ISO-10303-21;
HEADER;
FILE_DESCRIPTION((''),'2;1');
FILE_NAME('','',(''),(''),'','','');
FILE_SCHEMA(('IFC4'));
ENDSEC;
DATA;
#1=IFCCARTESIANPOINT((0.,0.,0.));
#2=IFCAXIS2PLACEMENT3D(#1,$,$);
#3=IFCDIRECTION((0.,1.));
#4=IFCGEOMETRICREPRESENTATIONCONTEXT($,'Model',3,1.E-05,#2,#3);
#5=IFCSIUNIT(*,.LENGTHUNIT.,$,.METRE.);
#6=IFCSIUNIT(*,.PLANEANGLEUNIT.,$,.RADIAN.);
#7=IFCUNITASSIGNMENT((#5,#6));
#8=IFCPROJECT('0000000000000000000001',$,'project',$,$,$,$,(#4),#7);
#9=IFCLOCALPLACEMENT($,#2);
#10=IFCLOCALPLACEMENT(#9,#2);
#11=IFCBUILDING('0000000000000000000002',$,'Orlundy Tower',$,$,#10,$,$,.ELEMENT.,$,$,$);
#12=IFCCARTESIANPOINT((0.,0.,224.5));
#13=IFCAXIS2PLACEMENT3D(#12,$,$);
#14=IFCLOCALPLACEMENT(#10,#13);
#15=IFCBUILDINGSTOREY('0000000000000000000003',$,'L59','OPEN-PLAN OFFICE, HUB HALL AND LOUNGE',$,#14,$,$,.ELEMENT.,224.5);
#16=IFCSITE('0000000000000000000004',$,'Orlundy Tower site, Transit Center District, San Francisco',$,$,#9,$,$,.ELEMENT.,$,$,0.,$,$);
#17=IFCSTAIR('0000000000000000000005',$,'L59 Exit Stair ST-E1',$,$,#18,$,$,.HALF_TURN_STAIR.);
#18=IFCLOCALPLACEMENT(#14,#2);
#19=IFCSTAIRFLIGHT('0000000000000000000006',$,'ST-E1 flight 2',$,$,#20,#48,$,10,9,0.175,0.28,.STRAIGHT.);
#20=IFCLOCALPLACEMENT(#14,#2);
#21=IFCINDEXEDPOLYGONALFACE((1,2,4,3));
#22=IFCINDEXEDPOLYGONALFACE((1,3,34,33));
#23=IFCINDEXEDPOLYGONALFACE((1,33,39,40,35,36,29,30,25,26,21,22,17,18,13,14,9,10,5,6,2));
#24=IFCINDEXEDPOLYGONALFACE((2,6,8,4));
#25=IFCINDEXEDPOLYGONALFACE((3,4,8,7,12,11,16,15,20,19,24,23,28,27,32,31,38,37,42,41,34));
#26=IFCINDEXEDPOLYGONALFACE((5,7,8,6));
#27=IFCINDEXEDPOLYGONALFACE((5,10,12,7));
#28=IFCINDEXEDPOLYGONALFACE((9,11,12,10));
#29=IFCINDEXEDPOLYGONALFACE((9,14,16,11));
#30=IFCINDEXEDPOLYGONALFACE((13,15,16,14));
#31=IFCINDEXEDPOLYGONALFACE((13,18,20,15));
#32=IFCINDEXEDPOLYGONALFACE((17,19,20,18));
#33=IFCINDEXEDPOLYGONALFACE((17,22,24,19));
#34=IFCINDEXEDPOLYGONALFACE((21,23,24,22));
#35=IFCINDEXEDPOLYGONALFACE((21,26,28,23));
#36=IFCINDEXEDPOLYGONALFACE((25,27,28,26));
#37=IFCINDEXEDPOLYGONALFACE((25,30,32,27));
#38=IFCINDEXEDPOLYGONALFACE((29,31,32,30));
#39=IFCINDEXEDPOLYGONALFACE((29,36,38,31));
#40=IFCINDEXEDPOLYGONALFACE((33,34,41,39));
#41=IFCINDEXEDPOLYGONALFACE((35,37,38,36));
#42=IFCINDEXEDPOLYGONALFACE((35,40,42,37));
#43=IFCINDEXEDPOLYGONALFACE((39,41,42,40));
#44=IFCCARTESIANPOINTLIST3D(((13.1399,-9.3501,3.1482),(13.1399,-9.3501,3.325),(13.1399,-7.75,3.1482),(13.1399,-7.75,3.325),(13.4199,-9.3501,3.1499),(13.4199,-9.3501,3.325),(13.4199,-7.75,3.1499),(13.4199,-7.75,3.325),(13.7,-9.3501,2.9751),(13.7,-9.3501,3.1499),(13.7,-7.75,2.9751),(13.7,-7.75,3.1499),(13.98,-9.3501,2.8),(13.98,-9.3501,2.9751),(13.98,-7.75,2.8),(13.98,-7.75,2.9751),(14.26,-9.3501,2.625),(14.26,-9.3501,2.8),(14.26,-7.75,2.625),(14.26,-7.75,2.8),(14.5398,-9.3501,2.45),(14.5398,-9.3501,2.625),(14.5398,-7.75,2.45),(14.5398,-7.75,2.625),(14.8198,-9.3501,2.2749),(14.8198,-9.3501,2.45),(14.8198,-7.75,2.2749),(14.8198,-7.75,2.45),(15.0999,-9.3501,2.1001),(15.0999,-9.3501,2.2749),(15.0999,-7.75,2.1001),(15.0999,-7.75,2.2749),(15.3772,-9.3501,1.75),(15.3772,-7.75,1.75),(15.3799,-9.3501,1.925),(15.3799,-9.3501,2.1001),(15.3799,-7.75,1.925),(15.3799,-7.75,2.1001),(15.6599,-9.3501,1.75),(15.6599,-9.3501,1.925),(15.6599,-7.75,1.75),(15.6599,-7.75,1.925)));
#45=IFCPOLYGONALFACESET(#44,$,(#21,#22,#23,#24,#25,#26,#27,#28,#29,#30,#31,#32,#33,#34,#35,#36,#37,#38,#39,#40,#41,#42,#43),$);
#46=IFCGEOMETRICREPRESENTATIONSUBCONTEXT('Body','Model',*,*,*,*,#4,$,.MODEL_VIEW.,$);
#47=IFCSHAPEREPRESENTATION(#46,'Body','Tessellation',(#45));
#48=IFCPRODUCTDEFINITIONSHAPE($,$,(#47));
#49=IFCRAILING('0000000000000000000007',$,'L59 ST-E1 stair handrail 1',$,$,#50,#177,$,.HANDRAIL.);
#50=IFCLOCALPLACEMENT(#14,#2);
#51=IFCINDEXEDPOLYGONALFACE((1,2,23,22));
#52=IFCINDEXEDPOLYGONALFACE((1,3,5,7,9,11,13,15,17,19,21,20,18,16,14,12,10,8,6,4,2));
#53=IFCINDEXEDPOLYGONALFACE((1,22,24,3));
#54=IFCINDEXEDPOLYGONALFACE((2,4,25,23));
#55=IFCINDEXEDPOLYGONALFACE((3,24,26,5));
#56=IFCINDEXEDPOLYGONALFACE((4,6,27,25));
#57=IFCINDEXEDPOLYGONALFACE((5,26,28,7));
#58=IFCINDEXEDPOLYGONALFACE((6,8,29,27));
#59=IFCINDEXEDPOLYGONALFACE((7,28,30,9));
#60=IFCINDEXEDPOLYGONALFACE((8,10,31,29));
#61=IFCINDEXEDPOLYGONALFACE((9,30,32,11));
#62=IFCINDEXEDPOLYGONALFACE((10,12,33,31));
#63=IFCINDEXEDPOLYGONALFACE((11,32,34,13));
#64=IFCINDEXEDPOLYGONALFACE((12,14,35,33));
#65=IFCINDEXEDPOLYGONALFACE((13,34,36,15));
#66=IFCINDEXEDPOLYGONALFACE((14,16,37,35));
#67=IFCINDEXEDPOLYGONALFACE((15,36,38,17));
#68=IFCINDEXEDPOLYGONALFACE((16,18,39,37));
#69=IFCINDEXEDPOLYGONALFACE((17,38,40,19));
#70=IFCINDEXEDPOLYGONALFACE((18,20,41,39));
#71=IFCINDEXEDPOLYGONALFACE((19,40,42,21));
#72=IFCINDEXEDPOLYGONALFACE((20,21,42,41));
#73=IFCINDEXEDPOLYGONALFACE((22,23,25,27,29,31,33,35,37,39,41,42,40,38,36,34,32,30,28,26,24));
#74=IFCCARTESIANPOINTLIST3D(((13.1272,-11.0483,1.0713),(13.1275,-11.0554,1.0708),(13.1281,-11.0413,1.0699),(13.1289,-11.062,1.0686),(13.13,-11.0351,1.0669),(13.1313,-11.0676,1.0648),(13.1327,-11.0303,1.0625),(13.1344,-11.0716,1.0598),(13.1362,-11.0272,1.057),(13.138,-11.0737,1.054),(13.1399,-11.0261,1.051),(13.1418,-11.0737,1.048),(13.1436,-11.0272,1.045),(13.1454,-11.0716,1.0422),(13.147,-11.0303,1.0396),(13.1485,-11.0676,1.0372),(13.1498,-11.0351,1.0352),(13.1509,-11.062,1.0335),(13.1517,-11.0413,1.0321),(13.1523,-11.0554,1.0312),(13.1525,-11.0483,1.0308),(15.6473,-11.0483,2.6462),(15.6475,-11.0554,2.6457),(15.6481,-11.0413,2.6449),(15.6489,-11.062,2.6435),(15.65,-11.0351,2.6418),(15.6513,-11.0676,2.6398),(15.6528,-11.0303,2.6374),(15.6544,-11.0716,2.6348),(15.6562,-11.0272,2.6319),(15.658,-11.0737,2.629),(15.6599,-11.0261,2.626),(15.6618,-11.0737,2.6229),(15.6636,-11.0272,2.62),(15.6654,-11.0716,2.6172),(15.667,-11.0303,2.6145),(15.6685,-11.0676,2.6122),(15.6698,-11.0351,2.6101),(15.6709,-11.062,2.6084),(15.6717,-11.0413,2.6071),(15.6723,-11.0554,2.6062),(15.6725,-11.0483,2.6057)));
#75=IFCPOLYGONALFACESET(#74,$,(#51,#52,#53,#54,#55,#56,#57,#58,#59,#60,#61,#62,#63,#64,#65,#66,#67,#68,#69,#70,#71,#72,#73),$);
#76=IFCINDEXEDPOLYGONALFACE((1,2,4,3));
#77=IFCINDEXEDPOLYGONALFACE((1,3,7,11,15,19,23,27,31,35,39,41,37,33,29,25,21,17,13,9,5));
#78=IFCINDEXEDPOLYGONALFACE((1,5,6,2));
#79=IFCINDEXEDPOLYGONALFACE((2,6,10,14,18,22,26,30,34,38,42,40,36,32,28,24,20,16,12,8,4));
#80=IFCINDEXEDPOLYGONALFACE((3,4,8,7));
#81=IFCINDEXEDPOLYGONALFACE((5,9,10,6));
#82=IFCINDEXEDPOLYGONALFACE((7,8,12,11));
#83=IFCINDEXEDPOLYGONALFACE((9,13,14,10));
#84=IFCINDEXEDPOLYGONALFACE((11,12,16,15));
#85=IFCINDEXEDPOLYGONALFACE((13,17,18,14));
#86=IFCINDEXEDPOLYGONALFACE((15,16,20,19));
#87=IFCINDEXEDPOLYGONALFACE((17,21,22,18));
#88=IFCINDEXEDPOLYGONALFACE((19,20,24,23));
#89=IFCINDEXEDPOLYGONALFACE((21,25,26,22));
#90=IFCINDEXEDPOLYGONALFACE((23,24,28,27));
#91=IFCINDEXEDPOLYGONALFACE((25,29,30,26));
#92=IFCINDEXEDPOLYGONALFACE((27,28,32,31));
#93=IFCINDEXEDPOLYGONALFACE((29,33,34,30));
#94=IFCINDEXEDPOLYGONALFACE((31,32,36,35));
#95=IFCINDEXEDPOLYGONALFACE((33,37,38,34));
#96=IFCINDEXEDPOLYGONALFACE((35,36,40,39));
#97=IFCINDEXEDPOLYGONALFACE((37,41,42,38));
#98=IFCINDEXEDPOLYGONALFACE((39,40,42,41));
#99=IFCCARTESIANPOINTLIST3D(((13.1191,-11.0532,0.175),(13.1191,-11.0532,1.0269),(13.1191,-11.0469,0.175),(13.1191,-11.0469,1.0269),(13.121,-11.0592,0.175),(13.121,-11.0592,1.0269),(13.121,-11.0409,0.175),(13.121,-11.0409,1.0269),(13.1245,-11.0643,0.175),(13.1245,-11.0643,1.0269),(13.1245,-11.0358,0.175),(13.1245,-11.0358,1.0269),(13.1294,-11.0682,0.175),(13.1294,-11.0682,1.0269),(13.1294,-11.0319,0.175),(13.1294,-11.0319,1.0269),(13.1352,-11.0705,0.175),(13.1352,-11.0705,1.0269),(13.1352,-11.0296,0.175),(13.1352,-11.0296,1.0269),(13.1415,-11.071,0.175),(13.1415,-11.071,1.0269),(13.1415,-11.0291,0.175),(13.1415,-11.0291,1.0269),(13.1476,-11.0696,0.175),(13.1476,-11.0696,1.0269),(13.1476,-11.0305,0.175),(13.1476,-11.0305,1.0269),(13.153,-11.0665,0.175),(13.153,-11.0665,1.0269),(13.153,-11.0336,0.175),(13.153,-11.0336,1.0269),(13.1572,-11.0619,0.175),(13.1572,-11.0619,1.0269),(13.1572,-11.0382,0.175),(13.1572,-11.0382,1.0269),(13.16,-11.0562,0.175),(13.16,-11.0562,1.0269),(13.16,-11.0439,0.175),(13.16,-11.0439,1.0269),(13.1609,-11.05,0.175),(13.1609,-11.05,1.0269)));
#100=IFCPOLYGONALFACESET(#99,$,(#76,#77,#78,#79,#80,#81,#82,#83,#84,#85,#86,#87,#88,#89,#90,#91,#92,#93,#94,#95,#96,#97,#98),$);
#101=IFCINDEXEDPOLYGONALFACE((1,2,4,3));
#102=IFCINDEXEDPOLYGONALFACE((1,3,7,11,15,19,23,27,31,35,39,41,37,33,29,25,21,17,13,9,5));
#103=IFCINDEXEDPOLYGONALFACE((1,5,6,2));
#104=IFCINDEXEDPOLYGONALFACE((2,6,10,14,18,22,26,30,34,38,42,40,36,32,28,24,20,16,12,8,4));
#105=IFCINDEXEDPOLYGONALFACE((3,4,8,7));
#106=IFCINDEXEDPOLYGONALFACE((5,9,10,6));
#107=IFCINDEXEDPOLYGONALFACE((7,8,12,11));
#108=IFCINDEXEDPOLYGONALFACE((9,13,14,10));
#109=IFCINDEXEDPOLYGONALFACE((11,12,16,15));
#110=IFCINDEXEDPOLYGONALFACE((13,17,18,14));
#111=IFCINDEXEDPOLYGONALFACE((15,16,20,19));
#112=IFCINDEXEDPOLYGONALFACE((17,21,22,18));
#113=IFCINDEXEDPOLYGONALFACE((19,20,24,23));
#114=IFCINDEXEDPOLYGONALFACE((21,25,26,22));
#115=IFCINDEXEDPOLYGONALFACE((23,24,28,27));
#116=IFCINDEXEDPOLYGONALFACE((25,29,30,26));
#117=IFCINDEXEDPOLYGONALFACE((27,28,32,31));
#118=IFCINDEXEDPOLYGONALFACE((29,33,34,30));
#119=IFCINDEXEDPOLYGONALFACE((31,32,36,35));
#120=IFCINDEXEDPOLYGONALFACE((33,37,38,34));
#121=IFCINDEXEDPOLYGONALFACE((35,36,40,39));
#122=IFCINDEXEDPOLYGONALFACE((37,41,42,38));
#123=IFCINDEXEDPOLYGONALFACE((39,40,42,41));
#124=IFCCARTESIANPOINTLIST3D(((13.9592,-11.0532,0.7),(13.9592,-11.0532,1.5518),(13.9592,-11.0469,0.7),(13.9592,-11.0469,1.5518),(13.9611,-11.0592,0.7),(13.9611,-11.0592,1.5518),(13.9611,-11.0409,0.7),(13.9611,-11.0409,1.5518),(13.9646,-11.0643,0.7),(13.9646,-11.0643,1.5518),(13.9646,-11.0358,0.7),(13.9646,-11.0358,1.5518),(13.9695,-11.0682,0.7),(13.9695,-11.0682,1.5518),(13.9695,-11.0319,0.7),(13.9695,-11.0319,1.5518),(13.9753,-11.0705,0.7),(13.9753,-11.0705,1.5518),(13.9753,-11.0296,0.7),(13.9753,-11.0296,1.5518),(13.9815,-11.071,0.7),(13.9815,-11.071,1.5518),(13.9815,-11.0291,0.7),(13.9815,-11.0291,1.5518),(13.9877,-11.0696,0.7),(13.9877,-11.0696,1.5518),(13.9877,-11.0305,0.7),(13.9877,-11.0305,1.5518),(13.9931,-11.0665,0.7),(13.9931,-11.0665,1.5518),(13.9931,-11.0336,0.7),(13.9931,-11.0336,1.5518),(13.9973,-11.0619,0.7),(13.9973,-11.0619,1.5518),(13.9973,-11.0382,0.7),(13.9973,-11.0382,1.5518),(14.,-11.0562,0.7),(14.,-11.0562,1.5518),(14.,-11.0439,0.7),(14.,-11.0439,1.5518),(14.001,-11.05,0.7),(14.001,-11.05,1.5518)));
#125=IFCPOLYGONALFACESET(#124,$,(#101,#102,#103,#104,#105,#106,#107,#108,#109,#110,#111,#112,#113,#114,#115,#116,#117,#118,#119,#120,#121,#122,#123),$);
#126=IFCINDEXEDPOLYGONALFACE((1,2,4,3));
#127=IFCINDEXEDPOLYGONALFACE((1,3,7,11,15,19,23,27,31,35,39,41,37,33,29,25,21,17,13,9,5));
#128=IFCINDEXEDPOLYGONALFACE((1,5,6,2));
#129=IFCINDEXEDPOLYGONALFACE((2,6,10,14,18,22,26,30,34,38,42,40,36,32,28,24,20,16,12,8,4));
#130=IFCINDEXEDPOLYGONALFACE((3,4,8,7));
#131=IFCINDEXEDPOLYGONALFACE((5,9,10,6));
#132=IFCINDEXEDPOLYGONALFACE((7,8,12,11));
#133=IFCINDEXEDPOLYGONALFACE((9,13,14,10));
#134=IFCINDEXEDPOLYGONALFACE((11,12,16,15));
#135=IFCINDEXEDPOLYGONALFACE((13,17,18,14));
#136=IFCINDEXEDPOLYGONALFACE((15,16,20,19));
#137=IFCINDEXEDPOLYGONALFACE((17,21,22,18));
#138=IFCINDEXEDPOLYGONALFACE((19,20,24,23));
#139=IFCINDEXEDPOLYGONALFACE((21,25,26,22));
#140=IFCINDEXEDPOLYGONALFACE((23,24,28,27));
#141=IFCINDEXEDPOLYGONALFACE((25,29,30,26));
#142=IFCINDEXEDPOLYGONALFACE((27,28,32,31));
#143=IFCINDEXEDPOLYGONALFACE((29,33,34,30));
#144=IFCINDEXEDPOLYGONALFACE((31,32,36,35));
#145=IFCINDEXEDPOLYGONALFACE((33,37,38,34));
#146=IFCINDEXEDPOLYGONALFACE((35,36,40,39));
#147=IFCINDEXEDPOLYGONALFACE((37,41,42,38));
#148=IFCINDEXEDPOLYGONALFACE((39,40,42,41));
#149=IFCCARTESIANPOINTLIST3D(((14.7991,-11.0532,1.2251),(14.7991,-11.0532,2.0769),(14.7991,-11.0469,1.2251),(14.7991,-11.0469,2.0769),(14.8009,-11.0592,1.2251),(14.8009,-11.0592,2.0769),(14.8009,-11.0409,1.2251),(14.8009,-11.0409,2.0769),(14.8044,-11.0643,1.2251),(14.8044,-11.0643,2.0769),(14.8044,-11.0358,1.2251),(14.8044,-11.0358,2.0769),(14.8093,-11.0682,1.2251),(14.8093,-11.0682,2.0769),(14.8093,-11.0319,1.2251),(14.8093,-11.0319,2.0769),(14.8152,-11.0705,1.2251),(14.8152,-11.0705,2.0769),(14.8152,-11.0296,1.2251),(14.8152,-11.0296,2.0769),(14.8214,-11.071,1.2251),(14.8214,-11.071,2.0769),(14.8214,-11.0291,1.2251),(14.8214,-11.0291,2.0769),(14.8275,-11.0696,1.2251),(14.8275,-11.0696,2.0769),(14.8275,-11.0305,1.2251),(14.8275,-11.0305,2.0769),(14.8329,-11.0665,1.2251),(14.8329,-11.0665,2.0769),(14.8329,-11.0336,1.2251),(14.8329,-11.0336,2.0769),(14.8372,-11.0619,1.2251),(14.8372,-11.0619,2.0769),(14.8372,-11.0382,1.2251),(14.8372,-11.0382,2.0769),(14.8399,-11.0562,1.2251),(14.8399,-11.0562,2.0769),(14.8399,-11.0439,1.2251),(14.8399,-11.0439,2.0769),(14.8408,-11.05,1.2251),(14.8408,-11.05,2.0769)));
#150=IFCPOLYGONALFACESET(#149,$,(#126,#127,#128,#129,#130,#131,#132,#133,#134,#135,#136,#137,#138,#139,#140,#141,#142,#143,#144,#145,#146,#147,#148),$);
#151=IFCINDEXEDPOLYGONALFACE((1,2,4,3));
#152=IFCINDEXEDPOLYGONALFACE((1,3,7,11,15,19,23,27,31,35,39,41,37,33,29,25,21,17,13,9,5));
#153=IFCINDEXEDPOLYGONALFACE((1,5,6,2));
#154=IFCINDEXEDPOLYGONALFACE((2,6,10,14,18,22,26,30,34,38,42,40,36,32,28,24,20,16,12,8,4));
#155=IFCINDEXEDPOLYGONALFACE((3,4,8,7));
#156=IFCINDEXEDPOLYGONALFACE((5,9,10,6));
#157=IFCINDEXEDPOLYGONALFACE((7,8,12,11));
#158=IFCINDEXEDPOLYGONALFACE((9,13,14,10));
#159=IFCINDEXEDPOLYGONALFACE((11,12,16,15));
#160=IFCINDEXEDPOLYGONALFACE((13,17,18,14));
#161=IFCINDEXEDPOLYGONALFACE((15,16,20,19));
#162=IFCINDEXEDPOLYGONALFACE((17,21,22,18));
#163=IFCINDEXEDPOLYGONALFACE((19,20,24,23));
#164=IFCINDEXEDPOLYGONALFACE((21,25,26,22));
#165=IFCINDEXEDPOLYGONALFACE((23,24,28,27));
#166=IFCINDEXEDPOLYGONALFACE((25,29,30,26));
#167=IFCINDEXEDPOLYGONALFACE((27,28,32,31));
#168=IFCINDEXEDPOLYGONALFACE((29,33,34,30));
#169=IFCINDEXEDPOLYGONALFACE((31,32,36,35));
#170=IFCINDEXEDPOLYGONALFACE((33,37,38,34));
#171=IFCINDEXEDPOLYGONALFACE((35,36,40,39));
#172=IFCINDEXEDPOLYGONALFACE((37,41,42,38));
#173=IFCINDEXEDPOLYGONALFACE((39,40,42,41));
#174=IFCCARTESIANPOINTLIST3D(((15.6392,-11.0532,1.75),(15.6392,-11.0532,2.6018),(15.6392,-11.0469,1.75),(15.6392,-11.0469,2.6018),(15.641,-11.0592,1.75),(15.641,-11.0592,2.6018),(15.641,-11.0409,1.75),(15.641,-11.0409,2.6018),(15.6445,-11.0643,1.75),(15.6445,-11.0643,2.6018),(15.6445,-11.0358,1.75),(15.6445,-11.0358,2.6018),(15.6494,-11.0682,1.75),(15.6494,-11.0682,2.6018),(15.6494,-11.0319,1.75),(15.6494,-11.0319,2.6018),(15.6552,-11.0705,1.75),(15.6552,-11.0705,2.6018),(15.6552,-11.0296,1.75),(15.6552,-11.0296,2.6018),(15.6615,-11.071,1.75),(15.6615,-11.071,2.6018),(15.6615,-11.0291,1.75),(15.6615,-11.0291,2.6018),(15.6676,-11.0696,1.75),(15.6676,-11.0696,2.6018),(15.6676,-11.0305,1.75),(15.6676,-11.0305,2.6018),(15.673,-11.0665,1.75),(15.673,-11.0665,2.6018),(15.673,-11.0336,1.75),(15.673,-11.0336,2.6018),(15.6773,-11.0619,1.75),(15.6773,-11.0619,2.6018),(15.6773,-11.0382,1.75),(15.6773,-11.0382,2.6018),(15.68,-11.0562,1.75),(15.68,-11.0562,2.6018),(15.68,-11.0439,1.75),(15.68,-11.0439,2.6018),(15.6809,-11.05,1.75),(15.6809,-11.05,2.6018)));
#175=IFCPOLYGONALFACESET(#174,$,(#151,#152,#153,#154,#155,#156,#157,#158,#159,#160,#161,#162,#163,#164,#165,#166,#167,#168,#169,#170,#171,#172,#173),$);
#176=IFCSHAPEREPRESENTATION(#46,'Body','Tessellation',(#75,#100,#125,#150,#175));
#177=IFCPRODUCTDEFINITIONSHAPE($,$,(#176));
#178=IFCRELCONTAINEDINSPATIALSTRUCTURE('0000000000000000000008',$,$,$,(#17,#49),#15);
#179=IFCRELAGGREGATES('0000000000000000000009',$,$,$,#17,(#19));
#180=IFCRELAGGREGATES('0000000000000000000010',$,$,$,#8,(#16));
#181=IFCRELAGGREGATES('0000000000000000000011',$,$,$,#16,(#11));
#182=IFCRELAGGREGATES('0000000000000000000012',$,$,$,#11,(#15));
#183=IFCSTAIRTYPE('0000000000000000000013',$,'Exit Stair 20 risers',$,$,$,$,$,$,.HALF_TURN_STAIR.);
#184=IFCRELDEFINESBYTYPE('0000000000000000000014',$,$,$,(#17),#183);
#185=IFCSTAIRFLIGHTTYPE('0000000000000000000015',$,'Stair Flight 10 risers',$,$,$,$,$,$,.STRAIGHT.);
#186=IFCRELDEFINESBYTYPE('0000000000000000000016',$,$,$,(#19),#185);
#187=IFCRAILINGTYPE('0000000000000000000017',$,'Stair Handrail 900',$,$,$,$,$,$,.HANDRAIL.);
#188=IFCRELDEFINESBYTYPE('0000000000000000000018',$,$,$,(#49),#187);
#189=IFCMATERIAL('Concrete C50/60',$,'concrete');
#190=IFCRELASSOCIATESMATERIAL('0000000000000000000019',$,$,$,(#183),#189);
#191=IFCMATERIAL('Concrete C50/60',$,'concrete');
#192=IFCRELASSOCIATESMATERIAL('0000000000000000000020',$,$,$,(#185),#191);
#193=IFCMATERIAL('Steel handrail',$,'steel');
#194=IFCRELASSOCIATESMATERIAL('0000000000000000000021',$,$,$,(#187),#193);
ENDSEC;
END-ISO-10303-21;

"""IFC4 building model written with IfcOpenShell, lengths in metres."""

from ifc_helpers import new_model, si_unit, direction, frame, origin, origin_2d, place, context, subcontext, project, spatial, polyline, circle, outline, extrude, material, type_object, element, aggregate, save


model = new_model("IFC4")

# Units and contexts
model_context = context("Model", 3, precision=1e-05, world=origin(), true_north=direction((0.0, 1.0)))
body_context = subcontext(model_context, "Body", "Model", "MODEL_VIEW")
ifc_project = project(units=[si_unit("LENGTHUNIT", "METRE"), si_unit("PLANEANGLEUNIT", "RADIAN")], contexts=[model_context])

# Site, building, storey
site_placement = place(None, origin())
site = spatial("IfcSite", under=ifc_project, at=site_placement, Name="Orlundy Tower site, Transit Center District, San Francisco", CompositionType="ELEMENT", RefElevation=0.0)
building_placement = place(site_placement, origin())
building = spatial("IfcBuilding", under=site, at=building_placement, Name="Orlundy Tower", CompositionType="ELEMENT")
storey_placement = place(building_placement, frame((0.0, 0.0, 224.5)))
storey = spatial("IfcBuildingStorey", under=building, at=storey_placement, Name="L59", Description="OPEN-PLAN OFFICE, HUB HALL AND LOUNGE", CompositionType="ELEMENT", Elevation=224.5)

# Stair, stair flight
ifc_material_1 = material(Name="Concrete C50/60", Category="concrete")
stair_type = type_object("IfcStairType", Name="Exit Stair 20 risers", PredefinedType="HALF_TURN_STAIR", material=ifc_material_1)
stair_placement = place(storey_placement, origin())
stair = element("IfcStair", 1, at=stair_placement, inside=storey, type_object=stair_type, Name="L59 Exit Stair ST-E1", PredefinedType="HALF_TURN_STAIR")
ifc_material_2 = material(Name="Concrete C50/60", Category="concrete")
stair_flight_type = type_object("IfcStairFlightType", Name="Stair Flight 10 risers", PredefinedType="STRAIGHT", material=ifc_material_2)
stair_flight_1_placement = place(storey_placement, frame((15.6599, -8.55, 1.75), z_axis=(0.0, 0.0, 1.0), x_axis=(-1.0, 0.0, 0.0)))
stair_flight_1 = element("IfcStairFlight", 2, at=stair_flight_1_placement, type_object=stair_flight_type, Name="ST-E1 flight 2", NumberOfRisers=10, NumberOfTreads=9, PredefinedType="STRAIGHT", RiserHeight=0.175, TreadLength=0.28, context=body_context, shape_type="SweptSolid", body=[
    extrude(outline(polyline([(0.0, 0.0), (0.0, 0.175), (0.28, 0.175), (0.28, 0.3501), (0.5601, 0.3501), (0.5601, 0.5249), (0.8401, 0.5249), (0.8401, 0.7), (1.1201, 0.7), (1.1201, 0.875), (1.3999, 0.875), (1.3999, 1.05), (1.6799, 1.05), (1.6799, 1.2251), (1.96, 1.2251), (1.96, 1.3999), (2.24, 1.3999), (2.24, 1.575), (2.52, 1.575), (2.52, 1.75), (2.52, 1.3982), (0.2827, 0.0), (0.0, 0.0)])), frame((0.0, 0.8, 0.0), z_axis=(0.0, -1.0, 0.0), x_axis=(1.0, 0.0, 0.0)), (0.0, 0.0, 1.0), 1.6001),
])
aggregate(stair, [stair_flight_1])

# Railing
ifc_material_3 = material(Name="Steel handrail", Category="steel")
railing_type_1 = type_object("IfcRailingType", Name="Stair Handrail 900", PredefinedType="HANDRAIL", material=ifc_material_3)
railing_1_placement = place(storey_placement, frame((13.1399, -11.05, 0.175)))
element("IfcRailing", 3, at=railing_1_placement, inside=storey, type_object=railing_type_1, Name="L59 ST-E1 stair handrail 1", PredefinedType="HANDRAIL", context=body_context, shape_type="SweptSolid", body=[
    extrude(circle(Radius=0.0239, at=origin_2d()), frame((0.0, 0.0, 0.876), z_axis=(0.848008, 0.0, 0.529984), x_axis=(0.0, 1.0, 0.0)), (0.0, 0.0, 1.0), 2.9717),
    extrude(circle(Radius=0.021, at=origin_2d()), origin(), (0.0, 0.0, 1.0), 0.8518),
    extrude(circle(Radius=0.021, at=origin_2d()), frame((0.8401, 0.0, 0.5249)), (0.0, 0.0, 1.0), 0.8518),
    extrude(circle(Radius=0.021, at=origin_2d()), frame((1.6799, 0.0, 1.05)), (0.0, 0.0, 1.0), 0.8518),
    extrude(circle(Radius=0.021, at=origin_2d()), frame((2.52, 0.0, 1.575)), (0.0, 0.0, 1.0), 0.8518),
])

save(model, "model.ifc")
